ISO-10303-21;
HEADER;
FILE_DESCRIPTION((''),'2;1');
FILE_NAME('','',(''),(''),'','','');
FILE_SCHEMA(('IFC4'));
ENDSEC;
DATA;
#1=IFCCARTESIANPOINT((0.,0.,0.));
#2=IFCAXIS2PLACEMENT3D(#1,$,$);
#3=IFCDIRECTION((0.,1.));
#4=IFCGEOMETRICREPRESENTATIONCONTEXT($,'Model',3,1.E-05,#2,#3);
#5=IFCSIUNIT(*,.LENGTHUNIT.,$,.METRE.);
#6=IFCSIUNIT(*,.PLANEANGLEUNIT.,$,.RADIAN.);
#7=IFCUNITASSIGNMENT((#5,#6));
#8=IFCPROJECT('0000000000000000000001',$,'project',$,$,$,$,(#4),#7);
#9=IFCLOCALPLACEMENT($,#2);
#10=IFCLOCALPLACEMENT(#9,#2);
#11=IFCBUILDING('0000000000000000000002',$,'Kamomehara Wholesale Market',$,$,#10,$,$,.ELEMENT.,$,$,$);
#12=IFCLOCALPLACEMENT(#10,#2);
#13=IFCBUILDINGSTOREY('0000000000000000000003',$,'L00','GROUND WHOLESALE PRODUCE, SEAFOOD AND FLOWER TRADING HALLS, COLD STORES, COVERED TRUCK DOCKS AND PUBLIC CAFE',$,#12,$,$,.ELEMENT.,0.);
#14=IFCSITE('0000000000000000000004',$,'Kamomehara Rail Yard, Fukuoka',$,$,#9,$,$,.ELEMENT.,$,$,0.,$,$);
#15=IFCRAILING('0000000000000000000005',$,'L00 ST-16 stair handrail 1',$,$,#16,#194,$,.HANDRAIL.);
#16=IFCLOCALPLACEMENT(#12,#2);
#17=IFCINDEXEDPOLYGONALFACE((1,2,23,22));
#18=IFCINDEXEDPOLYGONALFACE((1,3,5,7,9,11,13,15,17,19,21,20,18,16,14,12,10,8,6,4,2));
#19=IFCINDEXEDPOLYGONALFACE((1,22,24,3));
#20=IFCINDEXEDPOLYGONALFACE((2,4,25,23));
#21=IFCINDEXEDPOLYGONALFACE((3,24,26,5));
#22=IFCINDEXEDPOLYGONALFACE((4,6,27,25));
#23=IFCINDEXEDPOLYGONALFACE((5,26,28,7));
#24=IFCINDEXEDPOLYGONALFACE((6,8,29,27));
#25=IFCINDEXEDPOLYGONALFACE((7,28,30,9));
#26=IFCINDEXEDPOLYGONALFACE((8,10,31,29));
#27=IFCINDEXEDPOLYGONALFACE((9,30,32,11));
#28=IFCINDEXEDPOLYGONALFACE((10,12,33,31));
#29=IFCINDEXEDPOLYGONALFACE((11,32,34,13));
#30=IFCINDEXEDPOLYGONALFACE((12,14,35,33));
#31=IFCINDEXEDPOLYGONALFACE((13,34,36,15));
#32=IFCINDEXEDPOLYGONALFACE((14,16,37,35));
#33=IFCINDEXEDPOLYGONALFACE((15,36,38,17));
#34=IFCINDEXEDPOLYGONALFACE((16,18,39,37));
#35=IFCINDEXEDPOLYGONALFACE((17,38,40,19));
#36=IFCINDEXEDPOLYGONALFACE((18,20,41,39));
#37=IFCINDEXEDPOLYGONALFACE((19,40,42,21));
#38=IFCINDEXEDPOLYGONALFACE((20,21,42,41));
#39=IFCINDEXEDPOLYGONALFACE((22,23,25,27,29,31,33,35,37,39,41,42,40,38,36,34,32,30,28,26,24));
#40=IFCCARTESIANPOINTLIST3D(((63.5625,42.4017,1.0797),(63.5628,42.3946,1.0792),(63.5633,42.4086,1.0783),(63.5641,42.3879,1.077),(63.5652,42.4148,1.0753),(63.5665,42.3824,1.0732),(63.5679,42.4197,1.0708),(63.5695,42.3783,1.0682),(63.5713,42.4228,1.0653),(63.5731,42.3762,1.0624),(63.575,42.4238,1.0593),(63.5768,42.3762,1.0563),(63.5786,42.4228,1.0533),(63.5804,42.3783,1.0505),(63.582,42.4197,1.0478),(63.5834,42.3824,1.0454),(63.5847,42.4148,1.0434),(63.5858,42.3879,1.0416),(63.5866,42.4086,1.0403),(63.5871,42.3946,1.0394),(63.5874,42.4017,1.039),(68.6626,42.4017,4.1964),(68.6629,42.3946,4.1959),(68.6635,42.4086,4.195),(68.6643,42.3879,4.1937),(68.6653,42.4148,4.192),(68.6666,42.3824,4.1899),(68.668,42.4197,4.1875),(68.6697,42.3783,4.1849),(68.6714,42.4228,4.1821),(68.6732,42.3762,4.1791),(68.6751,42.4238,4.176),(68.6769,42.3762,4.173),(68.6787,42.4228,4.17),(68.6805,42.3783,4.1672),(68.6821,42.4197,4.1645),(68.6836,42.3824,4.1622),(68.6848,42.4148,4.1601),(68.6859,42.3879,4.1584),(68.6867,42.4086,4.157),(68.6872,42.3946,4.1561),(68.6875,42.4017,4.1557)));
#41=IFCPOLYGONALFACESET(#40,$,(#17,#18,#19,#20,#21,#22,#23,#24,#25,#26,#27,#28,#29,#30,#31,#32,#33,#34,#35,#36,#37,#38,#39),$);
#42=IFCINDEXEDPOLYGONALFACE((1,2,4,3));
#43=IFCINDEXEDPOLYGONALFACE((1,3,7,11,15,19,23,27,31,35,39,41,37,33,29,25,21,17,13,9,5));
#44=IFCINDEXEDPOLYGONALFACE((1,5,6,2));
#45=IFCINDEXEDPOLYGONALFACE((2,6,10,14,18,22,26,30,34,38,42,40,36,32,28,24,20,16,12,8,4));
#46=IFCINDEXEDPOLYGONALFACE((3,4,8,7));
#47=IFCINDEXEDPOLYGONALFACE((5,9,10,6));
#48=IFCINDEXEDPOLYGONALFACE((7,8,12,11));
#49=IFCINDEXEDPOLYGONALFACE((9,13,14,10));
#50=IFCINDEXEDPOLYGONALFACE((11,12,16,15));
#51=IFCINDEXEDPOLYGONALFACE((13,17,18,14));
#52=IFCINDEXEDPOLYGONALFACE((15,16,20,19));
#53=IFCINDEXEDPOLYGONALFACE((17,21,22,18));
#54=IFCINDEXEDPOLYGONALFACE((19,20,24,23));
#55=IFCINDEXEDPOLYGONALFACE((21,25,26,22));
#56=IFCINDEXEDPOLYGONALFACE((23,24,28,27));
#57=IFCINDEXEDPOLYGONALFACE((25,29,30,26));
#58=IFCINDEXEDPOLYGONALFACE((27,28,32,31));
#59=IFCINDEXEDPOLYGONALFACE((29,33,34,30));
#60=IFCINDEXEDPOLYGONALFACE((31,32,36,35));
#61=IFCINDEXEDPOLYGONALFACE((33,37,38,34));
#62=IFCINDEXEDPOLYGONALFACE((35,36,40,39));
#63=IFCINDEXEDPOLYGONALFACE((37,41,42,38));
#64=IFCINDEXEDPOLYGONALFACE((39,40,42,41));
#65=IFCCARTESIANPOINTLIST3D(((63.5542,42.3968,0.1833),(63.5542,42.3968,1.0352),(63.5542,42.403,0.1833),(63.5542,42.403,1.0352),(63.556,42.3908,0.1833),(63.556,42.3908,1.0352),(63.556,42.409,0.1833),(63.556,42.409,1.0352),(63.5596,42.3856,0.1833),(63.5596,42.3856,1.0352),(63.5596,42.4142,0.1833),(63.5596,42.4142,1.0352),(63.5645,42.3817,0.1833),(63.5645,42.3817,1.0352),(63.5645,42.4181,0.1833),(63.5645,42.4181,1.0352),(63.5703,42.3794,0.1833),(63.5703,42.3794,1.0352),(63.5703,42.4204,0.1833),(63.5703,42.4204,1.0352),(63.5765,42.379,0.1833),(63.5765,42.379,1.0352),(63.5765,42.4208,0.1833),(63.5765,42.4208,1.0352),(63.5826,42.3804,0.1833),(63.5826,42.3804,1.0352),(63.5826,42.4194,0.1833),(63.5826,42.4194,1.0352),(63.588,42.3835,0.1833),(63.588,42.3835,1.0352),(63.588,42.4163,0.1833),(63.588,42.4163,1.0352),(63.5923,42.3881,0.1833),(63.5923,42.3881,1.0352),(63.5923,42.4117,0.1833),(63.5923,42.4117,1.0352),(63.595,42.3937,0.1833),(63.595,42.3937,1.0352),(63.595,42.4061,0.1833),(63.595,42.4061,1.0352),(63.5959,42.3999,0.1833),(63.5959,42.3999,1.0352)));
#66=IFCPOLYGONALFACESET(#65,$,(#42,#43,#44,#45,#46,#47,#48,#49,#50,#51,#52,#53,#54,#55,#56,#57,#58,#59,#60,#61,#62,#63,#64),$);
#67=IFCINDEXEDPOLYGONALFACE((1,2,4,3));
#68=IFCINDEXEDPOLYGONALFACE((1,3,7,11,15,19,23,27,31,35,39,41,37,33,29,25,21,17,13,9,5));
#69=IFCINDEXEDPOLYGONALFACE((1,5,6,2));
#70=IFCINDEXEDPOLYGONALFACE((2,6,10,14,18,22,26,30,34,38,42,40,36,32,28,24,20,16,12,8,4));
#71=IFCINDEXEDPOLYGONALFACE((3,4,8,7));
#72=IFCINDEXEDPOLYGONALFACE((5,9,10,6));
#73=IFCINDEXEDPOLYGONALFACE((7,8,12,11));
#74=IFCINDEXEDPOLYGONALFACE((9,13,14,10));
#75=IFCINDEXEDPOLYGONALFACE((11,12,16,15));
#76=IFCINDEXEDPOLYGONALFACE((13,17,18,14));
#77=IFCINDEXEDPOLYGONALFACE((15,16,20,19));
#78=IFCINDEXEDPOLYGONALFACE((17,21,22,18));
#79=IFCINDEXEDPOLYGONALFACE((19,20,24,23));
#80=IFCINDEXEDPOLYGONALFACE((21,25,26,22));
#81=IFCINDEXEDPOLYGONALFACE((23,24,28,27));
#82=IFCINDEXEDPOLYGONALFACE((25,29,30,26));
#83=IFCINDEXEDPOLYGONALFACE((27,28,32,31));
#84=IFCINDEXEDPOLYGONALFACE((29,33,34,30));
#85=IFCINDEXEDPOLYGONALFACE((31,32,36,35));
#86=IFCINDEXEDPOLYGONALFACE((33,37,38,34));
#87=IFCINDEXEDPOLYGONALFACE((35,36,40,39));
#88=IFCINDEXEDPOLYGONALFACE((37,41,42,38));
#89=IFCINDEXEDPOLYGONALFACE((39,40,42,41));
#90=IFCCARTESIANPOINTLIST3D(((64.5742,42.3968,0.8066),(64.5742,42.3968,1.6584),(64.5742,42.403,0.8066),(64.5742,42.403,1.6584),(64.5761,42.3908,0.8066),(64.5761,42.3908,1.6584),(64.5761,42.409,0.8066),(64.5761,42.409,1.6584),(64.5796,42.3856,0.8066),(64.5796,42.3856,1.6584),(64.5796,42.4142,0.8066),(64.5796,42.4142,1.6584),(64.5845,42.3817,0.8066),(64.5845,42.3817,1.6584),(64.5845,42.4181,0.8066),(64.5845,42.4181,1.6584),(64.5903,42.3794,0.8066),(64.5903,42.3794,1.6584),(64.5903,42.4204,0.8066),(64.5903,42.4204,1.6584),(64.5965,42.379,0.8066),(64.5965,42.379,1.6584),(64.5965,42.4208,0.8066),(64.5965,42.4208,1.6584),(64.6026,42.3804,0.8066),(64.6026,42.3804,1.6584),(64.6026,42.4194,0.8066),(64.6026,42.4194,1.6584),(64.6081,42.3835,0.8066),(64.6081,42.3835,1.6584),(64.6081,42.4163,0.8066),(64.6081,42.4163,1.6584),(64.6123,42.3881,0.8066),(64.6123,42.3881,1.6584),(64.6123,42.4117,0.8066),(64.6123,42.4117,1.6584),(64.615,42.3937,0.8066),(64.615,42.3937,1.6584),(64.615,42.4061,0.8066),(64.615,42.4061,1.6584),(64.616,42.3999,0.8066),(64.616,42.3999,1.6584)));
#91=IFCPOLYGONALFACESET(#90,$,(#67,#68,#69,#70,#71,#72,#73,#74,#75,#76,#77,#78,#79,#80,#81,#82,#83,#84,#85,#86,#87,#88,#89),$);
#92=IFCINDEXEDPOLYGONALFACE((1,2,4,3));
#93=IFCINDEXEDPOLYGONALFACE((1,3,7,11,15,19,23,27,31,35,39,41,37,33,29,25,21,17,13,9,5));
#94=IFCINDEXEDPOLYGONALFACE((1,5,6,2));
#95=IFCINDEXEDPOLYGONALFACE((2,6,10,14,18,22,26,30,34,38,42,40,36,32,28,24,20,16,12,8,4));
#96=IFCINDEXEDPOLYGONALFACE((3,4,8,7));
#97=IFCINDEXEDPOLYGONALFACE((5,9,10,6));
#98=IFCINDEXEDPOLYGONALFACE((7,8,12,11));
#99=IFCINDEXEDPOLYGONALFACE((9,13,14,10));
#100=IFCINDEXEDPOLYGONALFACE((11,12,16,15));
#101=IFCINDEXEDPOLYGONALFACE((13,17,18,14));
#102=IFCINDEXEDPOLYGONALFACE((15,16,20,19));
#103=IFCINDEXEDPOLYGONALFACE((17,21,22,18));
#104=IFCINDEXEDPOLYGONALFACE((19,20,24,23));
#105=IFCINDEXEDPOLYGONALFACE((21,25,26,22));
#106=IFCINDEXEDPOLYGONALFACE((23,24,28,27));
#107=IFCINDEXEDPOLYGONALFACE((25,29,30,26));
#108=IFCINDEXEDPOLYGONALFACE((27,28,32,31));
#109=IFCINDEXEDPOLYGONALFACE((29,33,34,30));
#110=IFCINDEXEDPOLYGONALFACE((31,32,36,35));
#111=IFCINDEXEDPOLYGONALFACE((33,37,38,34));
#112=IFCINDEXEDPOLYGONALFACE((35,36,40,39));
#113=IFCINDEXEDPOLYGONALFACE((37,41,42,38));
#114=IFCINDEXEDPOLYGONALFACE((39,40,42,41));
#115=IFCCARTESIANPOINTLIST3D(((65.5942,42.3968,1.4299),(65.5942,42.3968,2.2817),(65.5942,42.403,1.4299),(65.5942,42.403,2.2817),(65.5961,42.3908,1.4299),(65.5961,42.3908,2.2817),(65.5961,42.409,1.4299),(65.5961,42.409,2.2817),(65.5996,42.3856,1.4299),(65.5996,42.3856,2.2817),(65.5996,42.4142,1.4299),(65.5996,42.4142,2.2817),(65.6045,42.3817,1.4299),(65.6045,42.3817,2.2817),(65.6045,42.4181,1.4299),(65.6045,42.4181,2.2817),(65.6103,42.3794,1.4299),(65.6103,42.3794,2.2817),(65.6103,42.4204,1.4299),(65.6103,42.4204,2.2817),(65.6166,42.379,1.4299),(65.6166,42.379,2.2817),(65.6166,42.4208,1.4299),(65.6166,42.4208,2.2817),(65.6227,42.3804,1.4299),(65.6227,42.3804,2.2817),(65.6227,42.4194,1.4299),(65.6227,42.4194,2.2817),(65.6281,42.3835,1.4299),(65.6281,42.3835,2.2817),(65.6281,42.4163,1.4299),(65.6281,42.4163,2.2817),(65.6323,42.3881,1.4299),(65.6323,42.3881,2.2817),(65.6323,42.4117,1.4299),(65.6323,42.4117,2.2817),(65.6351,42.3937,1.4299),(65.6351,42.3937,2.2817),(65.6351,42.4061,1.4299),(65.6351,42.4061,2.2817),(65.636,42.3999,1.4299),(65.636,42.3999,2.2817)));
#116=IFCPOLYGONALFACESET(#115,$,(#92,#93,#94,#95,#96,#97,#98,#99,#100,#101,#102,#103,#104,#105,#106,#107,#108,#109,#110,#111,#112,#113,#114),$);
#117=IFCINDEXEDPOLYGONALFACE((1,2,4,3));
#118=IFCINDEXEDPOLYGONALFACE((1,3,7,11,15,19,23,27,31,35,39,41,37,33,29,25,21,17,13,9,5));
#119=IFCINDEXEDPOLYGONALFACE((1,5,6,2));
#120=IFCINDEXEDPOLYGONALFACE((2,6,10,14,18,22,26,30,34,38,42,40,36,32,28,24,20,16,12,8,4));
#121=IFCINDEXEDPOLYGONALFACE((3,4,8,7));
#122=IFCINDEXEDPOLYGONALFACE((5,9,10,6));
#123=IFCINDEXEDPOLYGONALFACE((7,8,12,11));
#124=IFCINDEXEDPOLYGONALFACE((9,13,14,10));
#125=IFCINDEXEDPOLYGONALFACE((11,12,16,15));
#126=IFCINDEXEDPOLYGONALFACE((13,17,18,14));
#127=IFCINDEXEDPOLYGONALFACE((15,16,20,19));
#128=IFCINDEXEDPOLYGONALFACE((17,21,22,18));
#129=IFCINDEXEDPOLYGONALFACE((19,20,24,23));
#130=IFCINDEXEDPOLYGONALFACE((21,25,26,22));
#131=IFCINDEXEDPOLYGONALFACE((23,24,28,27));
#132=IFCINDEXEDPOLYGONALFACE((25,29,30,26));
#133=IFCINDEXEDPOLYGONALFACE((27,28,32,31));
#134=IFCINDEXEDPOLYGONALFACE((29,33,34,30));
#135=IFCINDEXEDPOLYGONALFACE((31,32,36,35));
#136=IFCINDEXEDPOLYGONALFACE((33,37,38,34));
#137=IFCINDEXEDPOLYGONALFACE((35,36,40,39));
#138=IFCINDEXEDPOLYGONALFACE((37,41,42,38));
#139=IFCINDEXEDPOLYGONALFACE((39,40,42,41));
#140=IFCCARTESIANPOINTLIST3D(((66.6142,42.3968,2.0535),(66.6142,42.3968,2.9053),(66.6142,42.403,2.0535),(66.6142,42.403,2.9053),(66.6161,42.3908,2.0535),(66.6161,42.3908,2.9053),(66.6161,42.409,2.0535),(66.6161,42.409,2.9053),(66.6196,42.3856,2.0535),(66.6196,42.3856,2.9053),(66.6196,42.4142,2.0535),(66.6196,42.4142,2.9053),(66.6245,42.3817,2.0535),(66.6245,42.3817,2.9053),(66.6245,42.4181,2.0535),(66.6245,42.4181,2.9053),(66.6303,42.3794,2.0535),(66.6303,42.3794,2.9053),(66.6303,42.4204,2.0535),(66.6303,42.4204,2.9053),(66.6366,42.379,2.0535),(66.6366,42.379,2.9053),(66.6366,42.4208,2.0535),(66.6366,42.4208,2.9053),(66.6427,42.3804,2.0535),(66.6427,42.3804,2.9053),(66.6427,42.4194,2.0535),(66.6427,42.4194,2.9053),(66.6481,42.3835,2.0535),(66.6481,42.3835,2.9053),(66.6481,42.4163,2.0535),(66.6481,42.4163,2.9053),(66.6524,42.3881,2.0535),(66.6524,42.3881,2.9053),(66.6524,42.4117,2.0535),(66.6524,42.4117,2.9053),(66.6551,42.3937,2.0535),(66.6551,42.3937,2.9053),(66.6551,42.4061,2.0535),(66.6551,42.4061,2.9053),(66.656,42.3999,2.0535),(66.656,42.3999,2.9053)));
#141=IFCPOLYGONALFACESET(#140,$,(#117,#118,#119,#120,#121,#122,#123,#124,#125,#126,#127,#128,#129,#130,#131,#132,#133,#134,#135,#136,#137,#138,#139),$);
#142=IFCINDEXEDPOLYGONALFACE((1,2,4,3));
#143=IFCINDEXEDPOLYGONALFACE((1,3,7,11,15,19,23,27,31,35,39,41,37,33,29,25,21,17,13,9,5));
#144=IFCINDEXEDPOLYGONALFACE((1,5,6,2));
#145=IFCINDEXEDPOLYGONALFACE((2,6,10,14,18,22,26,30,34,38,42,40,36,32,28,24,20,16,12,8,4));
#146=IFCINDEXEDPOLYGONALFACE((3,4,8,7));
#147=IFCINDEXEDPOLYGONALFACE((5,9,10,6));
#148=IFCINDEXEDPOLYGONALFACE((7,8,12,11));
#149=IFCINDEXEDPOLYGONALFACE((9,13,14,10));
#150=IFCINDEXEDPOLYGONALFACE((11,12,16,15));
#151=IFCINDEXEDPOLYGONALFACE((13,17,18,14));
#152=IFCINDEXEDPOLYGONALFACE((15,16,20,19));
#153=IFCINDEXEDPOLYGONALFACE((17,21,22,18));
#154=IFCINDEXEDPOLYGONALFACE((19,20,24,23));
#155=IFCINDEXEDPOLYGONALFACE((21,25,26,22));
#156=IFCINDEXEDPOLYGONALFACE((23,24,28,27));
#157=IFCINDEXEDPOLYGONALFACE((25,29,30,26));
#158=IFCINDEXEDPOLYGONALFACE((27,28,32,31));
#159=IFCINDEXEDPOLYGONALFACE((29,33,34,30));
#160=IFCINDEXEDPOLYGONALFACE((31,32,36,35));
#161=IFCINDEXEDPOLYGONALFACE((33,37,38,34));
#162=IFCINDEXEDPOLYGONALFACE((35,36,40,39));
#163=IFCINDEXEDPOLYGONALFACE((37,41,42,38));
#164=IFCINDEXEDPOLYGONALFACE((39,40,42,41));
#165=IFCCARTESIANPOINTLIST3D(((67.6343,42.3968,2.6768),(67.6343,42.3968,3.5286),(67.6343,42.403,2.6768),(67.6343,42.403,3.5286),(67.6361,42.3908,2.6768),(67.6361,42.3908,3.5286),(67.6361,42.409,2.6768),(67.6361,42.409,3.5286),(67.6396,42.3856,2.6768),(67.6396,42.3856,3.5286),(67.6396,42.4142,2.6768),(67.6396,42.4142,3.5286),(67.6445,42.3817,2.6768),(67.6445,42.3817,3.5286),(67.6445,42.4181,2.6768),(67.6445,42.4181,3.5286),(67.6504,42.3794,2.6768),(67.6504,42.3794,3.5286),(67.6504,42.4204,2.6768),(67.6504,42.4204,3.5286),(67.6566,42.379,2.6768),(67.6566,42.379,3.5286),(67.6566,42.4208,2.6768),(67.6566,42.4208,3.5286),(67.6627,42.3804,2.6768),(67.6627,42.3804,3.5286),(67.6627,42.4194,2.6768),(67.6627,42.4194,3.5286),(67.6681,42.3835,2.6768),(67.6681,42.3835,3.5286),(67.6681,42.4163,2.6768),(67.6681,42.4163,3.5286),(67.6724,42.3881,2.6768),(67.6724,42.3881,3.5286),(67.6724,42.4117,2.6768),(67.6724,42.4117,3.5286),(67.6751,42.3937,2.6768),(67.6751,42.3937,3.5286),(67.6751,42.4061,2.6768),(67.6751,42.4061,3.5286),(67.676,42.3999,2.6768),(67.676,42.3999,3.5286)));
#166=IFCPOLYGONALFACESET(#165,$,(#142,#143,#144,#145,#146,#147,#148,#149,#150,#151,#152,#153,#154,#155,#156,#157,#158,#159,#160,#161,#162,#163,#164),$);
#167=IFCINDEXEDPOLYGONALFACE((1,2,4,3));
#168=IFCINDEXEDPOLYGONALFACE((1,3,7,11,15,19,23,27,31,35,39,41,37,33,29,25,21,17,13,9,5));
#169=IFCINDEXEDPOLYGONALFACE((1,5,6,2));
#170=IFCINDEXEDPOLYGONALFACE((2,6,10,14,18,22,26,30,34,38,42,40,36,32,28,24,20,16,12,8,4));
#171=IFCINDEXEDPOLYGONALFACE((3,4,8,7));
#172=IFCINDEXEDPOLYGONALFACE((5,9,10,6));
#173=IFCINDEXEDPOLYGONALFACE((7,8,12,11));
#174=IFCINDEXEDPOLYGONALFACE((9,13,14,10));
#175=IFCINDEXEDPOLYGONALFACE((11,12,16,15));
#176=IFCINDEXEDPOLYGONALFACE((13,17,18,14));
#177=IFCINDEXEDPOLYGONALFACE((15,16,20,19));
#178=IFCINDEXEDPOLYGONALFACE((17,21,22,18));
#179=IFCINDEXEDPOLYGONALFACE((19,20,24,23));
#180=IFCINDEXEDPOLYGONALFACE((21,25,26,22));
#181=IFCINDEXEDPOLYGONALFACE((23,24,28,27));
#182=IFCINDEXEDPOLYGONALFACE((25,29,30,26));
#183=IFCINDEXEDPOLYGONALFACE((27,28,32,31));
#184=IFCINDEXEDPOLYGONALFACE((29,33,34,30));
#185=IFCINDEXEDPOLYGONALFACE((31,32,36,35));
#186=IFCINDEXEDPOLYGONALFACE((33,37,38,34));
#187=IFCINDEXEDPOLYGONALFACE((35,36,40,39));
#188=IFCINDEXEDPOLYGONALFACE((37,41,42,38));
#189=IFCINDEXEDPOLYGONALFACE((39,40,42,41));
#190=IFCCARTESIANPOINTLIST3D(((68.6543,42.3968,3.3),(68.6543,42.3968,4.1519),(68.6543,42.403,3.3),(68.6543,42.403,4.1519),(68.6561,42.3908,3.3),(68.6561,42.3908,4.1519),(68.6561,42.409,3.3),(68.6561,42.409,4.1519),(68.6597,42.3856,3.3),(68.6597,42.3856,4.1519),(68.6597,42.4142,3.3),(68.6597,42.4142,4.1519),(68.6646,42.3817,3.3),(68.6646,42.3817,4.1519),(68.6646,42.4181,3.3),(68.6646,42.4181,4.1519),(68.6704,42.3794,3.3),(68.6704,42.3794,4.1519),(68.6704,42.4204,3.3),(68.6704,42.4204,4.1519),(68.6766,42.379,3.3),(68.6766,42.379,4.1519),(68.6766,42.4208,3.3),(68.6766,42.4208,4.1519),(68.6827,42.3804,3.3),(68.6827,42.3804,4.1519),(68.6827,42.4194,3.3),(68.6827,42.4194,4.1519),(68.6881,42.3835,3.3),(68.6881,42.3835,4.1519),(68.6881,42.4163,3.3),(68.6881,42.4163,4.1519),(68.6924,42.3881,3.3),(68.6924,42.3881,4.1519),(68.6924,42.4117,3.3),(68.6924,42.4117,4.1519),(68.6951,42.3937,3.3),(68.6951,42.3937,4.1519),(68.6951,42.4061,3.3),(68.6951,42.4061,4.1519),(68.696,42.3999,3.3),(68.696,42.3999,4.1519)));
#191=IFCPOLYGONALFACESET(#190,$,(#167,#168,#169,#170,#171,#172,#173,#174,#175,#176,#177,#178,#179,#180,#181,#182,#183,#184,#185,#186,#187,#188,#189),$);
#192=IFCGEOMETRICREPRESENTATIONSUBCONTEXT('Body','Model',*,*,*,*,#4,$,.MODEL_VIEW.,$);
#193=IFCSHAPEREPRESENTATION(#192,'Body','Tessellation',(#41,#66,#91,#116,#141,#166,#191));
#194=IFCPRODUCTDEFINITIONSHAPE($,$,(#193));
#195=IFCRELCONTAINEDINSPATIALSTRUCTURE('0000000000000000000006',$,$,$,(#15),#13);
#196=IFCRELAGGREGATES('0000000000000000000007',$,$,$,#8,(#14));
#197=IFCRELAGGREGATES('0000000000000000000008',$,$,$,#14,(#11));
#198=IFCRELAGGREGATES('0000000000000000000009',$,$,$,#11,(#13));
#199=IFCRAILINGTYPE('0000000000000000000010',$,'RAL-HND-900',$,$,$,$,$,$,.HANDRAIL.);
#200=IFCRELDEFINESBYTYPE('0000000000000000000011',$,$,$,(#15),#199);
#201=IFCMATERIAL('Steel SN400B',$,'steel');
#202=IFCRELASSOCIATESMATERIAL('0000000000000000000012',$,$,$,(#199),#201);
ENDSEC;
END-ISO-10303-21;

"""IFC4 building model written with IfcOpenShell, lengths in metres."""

from ifc_helpers import new_model, si_unit, direction, frame, origin, origin_2d, place, context, subcontext, project, spatial, circle, extrude, material, type_object, element, save


model = new_model("IFC4")

# Units and contexts
model_context = context("Model", 3, precision=1e-05, world=origin(), true_north=direction((0.0, 1.0)))
body_context = subcontext(model_context, "Body", "Model", "MODEL_VIEW")
ifc_project = project(units=[si_unit("LENGTHUNIT", "METRE"), si_unit("PLANEANGLEUNIT", "RADIAN")], contexts=[model_context])

# Site, building, storey
site_placement = place(None, origin())
site = spatial("IfcSite", under=ifc_project, at=site_placement, Name="Kamomehara Rail Yard, Fukuoka", CompositionType="ELEMENT", RefElevation=0.0)
building_placement = place(site_placement, origin())
building = spatial("IfcBuilding", under=site, at=building_placement, Name="Kamomehara Wholesale Market", CompositionType="ELEMENT")
storey_placement = place(building_placement, origin())
storey = spatial("IfcBuildingStorey", under=building, at=storey_placement, Name="L00", Description="GROUND WHOLESALE PRODUCE, SEAFOOD AND FLOWER TRADING HALLS, COLD STORES, COVERED TRUCK DOCKS AND PUBLIC CAFE", CompositionType="ELEMENT", Elevation=0.0)

# Railing
ifc_material_1 = material(Name="Steel SN400B", Category="steel")
railing_type_1 = type_object("IfcRailingType", Name="RAL-HND-900", PredefinedType="HANDRAIL", material=ifc_material_1)
railing_1_placement = place(storey_placement, frame((63.575, 42.3999, 0.1833)))
element("IfcRailing", 1, at=railing_1_placement, inside=storey, type_object=railing_type_1, Name="L00 ST-16 stair handrail 1", PredefinedType="HANDRAIL", context=body_context, shape_type="SweptSolid", body=[
    extrude(circle(Radius=0.0239, at=origin_2d()), frame((0.0, 0.0, 0.876), z_axis=(0.853284, 0.0, 0.521447), x_axis=(0.0, 1.0, 0.0)), (0.0, 0.0, 1.0), 5.9771),
    extrude(circle(Radius=0.021, at=origin_2d()), origin(), (0.0, 0.0, 1.0), 0.8518),
    extrude(circle(Radius=0.021, at=origin_2d()), frame((1.02, 0.0, 0.6233)), (0.0, 0.0, 1.0), 0.8518),
    extrude(circle(Radius=0.021, at=origin_2d()), frame((2.04, 0.0, 1.2466)), (0.0, 0.0, 1.0), 0.8518),
    extrude(circle(Radius=0.021, at=origin_2d()), frame((3.0601, 0.0, 1.8701)), (0.0, 0.0, 1.0), 0.8518),
    extrude(circle(Radius=0.021, at=origin_2d()), frame((4.0801, 0.0, 2.4934)), (0.0, 0.0, 1.0), 0.8518),
    extrude(circle(Radius=0.021, at=origin_2d()), frame((5.1001, 0.0, 3.1167)), (0.0, 0.0, 1.0), 0.8518),
])

save(model, "model.ifc")
